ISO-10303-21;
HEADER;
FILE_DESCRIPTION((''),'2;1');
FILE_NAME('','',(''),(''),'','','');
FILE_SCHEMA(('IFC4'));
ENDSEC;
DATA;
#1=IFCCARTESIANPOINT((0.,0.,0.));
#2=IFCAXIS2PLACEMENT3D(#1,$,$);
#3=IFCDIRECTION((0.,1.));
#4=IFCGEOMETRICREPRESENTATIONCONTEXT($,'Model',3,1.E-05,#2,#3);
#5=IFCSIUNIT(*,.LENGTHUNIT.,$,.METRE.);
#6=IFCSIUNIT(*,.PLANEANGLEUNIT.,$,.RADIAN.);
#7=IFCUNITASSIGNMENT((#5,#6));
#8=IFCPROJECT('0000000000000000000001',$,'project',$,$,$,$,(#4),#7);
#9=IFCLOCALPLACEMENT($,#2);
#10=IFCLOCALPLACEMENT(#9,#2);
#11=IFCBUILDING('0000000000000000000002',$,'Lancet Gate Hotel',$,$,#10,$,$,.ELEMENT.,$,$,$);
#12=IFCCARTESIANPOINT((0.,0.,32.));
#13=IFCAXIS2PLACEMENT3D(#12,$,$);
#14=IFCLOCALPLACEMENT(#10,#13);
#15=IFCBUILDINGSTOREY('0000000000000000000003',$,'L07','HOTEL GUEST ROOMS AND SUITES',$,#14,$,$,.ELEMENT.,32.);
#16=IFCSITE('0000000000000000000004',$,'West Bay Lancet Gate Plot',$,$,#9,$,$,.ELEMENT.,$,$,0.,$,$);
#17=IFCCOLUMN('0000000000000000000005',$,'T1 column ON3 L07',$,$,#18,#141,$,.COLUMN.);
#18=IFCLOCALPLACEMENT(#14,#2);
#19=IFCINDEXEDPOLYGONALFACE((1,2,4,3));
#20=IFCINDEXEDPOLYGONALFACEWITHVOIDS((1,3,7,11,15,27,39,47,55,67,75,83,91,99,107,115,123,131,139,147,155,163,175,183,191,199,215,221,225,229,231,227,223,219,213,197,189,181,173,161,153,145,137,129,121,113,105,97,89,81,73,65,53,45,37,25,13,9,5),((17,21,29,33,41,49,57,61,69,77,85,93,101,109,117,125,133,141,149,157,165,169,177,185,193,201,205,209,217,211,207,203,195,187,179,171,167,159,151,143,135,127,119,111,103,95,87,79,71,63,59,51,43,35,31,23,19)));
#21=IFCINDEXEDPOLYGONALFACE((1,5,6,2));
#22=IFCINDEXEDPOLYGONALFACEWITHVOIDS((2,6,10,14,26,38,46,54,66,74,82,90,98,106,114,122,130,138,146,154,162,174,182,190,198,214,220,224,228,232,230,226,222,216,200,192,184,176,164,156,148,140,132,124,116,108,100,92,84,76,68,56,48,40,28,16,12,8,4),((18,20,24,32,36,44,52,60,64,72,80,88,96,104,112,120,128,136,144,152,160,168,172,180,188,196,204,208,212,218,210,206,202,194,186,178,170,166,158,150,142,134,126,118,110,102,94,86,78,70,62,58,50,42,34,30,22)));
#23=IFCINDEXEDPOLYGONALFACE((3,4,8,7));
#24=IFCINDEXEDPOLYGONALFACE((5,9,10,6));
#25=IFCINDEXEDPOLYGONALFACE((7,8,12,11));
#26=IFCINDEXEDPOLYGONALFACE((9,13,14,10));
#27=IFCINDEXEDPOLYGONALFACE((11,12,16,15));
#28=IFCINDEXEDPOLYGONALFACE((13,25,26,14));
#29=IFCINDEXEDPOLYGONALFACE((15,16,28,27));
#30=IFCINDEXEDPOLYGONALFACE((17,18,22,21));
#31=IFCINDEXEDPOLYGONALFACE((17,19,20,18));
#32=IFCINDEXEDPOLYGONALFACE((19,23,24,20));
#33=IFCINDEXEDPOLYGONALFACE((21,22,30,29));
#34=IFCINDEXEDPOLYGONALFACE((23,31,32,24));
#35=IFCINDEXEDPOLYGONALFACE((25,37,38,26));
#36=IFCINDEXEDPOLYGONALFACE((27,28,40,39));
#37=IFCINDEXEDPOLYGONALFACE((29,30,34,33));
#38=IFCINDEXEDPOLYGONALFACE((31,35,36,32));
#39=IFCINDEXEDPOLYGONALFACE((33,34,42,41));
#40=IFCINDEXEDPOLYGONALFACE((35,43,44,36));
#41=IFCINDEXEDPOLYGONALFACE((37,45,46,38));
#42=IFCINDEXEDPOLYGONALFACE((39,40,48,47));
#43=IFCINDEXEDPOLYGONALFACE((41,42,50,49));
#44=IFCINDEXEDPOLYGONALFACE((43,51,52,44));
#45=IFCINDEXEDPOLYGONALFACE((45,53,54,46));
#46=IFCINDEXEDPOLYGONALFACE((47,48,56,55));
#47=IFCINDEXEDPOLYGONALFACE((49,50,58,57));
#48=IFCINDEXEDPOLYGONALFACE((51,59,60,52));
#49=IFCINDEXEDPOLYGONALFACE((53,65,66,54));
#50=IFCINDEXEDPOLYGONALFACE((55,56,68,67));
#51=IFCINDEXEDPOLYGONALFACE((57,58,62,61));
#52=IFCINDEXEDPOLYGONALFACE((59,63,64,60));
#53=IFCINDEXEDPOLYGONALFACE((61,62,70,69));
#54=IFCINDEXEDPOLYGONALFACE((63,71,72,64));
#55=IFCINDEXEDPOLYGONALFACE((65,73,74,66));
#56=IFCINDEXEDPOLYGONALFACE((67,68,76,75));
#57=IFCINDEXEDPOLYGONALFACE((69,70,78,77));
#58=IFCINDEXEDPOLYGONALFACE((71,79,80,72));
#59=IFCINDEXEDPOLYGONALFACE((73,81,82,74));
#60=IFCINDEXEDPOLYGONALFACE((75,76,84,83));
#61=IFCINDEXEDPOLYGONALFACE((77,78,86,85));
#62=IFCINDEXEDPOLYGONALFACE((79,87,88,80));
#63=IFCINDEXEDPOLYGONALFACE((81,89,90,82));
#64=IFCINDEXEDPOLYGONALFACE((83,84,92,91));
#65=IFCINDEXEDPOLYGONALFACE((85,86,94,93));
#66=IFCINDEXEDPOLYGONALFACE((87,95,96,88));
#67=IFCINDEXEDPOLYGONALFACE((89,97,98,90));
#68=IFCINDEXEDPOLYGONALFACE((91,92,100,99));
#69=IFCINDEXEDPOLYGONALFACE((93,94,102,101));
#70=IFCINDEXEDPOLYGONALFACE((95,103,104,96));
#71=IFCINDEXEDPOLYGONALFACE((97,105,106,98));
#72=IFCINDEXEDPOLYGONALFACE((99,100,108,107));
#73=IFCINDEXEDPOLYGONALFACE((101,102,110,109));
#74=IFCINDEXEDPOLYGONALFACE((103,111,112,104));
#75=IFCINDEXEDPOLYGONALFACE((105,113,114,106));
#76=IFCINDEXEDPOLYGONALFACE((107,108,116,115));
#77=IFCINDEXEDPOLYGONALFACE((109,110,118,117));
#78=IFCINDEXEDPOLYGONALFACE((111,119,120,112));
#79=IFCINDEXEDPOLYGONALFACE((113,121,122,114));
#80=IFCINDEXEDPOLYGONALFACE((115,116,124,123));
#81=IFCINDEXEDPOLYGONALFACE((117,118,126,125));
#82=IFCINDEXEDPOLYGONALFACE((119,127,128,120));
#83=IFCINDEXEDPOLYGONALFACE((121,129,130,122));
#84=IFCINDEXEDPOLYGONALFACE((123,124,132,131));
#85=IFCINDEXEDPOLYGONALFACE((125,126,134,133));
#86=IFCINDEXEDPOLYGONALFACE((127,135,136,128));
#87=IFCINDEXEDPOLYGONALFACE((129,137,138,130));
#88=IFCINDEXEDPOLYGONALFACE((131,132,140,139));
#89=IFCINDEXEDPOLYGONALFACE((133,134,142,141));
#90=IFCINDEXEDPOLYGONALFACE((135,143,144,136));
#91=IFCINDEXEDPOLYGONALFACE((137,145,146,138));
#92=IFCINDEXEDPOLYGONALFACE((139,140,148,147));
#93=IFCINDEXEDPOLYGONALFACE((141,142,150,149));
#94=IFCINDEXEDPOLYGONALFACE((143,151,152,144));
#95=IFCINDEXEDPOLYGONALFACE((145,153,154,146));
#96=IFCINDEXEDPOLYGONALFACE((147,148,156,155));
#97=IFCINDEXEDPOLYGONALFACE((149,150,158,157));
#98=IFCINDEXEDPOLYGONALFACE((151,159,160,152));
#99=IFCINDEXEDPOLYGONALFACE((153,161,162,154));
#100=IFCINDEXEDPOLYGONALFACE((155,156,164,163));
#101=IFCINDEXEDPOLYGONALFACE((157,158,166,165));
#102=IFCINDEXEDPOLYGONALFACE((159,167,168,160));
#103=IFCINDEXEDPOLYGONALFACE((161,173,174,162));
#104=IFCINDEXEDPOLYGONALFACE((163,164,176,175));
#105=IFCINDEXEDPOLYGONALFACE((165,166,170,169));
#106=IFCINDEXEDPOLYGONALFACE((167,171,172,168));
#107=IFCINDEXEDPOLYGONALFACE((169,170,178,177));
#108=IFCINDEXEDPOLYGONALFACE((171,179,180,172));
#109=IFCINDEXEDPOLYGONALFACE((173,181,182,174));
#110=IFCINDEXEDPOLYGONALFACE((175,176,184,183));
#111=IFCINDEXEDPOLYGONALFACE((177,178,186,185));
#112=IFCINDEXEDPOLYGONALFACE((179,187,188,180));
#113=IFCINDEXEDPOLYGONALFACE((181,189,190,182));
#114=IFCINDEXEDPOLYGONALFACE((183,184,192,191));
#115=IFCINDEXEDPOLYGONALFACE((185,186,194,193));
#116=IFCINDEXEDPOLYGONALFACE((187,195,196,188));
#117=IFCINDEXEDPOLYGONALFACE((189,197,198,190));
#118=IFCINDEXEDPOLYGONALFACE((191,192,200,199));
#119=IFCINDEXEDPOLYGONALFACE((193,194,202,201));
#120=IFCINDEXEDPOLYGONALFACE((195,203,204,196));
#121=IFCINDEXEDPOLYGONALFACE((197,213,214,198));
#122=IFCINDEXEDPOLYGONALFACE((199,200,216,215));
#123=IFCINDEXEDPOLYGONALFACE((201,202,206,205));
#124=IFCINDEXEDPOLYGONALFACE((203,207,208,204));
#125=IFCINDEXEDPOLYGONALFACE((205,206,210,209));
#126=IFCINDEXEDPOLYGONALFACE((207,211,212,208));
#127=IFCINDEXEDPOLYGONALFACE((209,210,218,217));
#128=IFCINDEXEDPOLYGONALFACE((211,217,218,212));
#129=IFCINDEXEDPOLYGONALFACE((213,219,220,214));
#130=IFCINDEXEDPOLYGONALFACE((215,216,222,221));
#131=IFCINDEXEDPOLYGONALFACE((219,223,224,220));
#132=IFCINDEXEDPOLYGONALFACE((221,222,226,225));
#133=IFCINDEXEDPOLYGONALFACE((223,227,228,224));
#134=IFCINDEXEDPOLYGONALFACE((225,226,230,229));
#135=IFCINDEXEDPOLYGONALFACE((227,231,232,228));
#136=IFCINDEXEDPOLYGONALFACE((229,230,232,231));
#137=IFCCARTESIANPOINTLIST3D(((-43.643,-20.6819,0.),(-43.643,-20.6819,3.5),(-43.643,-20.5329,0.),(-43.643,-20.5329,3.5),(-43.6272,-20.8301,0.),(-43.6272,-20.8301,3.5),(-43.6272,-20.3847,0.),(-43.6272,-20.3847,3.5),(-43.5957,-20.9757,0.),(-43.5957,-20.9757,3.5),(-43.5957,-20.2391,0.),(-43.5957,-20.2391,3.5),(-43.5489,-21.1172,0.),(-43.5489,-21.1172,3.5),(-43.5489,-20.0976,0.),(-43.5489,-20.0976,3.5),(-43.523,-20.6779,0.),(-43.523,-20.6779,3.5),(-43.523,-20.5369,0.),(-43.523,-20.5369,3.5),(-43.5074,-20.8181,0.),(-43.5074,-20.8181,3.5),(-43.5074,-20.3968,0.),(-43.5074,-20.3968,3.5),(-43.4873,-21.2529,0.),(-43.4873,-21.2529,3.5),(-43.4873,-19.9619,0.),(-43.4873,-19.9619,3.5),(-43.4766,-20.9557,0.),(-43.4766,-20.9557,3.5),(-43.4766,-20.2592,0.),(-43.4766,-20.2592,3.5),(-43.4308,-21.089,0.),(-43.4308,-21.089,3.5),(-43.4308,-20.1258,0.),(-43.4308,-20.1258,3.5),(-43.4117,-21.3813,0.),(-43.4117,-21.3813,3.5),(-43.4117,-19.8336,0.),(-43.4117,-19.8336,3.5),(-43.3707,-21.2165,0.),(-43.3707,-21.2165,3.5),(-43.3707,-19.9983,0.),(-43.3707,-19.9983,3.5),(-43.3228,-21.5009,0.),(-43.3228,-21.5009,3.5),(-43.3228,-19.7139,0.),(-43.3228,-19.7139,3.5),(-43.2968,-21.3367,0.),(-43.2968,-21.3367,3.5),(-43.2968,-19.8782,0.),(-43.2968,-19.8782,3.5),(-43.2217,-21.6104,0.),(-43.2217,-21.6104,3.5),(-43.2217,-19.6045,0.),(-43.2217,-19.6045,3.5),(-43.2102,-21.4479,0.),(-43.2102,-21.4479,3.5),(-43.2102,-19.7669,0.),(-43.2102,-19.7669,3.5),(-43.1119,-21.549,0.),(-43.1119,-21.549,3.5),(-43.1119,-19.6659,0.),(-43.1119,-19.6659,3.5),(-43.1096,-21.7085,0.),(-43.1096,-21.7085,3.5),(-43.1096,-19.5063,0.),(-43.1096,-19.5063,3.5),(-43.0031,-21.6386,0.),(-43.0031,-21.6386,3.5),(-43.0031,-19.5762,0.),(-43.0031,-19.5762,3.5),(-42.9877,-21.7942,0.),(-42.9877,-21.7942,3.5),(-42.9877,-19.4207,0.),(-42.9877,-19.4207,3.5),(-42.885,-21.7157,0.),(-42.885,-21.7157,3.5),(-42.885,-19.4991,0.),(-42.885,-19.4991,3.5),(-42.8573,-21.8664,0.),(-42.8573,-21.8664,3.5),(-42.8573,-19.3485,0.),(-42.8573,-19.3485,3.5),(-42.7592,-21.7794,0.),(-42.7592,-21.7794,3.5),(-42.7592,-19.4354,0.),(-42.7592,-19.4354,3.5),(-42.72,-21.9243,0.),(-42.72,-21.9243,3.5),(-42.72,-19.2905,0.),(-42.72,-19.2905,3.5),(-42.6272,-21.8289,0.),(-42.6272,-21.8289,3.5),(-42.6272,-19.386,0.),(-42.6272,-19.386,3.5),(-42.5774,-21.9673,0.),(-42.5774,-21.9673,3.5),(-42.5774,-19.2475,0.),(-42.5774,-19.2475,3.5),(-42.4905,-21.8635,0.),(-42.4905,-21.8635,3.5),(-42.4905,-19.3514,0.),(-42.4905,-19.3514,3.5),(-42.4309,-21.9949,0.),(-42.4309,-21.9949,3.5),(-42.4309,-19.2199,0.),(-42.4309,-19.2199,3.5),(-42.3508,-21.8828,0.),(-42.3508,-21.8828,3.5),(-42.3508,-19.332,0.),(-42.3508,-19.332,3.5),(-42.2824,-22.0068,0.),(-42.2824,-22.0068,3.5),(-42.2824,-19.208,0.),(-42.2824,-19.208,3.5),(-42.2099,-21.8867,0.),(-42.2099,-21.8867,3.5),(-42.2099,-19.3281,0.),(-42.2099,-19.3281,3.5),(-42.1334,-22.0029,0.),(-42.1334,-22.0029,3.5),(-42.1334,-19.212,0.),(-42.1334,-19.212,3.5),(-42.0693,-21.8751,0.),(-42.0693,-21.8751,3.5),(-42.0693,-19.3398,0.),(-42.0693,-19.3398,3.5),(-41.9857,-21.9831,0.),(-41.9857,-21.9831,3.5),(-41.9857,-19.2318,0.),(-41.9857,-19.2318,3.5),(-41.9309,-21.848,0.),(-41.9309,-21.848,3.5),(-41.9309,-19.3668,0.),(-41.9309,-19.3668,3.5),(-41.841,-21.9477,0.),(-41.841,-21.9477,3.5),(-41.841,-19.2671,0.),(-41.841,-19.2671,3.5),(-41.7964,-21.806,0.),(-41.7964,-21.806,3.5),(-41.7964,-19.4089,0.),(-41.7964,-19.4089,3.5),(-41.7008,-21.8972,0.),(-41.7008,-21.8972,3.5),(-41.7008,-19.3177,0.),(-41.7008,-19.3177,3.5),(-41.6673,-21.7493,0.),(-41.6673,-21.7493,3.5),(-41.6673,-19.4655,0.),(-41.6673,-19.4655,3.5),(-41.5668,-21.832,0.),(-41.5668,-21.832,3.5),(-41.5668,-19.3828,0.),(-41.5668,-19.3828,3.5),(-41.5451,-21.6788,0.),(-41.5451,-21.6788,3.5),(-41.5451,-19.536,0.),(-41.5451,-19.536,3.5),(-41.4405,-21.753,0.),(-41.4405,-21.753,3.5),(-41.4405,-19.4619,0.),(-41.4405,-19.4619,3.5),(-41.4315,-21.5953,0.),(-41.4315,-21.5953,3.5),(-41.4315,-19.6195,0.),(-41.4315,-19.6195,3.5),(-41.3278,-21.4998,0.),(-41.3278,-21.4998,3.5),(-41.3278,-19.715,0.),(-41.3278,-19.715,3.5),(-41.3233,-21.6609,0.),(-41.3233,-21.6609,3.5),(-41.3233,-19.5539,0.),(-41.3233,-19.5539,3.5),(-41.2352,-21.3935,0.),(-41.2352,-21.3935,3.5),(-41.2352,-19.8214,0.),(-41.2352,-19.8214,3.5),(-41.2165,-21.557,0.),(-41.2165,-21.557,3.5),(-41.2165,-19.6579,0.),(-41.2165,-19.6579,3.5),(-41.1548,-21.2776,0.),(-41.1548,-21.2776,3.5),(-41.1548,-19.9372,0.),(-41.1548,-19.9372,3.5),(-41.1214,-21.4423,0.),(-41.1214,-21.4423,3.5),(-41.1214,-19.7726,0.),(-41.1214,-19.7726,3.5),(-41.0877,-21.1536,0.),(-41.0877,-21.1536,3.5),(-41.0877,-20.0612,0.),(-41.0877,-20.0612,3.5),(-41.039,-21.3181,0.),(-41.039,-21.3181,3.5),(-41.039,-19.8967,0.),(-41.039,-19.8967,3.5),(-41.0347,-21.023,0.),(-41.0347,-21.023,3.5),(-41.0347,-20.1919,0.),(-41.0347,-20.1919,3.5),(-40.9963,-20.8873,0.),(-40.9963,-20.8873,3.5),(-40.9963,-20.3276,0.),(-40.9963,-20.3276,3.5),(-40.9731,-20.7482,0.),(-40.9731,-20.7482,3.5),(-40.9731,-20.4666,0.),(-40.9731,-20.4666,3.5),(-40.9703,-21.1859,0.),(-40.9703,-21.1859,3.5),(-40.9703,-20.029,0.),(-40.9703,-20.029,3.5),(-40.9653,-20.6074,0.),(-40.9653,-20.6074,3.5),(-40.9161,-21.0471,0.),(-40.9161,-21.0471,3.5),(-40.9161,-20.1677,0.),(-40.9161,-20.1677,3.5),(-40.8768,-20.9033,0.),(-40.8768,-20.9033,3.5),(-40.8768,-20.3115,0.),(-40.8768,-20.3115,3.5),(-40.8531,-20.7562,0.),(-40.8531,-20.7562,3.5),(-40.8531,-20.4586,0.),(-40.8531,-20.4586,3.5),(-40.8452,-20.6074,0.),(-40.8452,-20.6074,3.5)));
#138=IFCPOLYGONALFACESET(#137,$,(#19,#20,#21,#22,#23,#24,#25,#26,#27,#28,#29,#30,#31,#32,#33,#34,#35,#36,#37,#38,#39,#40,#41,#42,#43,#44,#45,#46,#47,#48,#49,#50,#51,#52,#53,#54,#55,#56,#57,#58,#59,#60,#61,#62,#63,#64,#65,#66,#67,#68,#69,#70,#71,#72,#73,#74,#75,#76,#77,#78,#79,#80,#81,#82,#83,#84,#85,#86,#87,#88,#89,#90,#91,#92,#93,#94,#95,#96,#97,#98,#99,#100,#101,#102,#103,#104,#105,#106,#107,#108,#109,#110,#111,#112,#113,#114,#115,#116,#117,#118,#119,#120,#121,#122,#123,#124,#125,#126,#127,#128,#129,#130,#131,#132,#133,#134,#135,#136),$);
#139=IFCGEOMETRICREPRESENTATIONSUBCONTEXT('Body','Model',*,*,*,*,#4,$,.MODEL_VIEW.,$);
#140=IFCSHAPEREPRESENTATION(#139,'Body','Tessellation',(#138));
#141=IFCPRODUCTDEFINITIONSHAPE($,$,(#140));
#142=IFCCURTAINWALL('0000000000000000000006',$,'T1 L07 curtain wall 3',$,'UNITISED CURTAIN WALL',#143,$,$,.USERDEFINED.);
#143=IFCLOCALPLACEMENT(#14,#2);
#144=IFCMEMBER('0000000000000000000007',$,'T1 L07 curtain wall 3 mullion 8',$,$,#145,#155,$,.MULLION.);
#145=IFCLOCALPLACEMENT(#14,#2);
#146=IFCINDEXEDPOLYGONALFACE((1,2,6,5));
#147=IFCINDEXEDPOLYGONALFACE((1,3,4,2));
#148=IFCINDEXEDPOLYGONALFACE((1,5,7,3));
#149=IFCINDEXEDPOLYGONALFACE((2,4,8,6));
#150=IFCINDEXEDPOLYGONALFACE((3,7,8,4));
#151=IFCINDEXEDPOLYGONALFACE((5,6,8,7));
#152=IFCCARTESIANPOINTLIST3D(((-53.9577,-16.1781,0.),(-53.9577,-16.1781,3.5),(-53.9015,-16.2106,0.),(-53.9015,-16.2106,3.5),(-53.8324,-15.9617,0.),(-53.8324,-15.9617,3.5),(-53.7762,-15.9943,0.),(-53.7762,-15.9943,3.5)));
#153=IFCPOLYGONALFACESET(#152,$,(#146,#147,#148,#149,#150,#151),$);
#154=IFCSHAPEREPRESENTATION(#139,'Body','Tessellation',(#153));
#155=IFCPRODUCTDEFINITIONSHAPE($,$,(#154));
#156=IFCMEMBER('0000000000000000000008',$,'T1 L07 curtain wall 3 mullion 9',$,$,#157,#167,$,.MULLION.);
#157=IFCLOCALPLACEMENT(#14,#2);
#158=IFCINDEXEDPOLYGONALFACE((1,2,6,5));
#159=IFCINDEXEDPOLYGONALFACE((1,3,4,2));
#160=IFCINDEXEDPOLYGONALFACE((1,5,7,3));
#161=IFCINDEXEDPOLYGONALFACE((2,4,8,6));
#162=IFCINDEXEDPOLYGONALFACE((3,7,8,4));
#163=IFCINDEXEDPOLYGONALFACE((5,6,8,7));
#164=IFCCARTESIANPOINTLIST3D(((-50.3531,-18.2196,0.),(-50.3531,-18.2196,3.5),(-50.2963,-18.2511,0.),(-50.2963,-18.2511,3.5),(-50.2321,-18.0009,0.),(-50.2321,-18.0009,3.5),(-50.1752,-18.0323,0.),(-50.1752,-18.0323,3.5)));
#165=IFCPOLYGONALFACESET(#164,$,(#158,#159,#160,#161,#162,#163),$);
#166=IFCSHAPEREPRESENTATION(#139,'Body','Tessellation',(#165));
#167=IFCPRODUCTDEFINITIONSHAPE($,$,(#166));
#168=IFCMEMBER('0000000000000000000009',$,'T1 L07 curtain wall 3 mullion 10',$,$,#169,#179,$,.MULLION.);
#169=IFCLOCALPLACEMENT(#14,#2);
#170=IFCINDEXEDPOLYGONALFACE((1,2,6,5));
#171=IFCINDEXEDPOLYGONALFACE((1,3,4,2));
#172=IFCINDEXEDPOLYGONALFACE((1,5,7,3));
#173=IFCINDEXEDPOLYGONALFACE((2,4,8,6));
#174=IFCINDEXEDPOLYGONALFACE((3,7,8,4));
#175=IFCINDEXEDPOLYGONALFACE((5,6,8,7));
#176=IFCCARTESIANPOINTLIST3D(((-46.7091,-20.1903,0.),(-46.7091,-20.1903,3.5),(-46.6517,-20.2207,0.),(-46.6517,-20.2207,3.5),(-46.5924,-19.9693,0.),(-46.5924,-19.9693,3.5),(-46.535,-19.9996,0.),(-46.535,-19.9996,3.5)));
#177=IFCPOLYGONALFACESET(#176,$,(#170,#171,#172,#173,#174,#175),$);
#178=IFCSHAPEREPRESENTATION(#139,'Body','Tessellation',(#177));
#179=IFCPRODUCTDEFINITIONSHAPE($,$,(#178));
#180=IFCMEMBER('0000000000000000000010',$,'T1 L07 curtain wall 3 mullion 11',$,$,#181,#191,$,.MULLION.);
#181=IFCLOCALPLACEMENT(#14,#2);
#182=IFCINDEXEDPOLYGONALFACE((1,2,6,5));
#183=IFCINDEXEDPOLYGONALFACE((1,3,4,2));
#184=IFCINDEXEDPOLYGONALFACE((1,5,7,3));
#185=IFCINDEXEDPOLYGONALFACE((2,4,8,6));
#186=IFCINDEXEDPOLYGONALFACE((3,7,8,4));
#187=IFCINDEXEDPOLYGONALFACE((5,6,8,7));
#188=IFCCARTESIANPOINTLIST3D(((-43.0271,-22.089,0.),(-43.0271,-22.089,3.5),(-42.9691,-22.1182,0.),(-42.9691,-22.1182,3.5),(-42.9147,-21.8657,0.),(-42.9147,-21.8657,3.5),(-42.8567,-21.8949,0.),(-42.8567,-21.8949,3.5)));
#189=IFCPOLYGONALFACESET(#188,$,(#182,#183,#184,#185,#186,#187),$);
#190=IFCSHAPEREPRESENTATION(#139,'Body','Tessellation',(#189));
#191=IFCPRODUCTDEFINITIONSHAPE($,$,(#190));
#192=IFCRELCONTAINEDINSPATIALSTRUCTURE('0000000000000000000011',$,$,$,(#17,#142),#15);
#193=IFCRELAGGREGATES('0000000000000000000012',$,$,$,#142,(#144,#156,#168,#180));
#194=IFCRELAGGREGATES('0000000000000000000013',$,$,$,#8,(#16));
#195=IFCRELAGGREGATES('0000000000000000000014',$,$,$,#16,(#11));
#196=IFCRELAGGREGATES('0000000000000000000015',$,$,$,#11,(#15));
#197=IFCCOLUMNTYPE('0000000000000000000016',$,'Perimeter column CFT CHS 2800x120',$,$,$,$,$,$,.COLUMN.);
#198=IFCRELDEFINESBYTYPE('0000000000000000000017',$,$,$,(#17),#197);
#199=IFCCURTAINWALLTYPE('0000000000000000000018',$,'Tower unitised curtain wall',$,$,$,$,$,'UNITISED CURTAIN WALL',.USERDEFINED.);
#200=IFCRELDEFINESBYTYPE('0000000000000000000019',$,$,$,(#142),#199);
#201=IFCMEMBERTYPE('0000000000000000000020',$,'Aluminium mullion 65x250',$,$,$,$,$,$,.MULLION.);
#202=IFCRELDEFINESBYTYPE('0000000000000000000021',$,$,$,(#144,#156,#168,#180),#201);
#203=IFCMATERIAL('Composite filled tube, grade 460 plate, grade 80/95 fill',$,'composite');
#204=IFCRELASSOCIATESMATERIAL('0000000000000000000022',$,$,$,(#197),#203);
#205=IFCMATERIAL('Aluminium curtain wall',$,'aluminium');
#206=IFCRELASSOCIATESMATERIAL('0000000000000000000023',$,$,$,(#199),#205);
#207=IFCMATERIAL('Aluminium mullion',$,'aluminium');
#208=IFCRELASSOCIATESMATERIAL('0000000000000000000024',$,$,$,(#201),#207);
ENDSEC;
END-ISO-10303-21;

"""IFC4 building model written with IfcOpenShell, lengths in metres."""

from ifc_helpers import new_model, si_unit, direction, frame, origin, origin_2d, place, context, subcontext, project, spatial, rectangle, hollow_circle, extrude, material, material_profile, profile_set, type_object, element, aggregate, save


model = new_model("IFC4")

# Units and contexts
model_context = context("Model", 3, precision=1e-05, world=origin(), true_north=direction((0.0, 1.0)))
body_context = subcontext(model_context, "Body", "Model", "MODEL_VIEW")
ifc_project = project(units=[si_unit("LENGTHUNIT", "METRE"), si_unit("PLANEANGLEUNIT", "RADIAN")], contexts=[model_context])

# Site, building, storey
site_placement = place(None, origin())
site = spatial("IfcSite", under=ifc_project, at=site_placement, Name="West Bay Lancet Gate Plot", CompositionType="ELEMENT", RefElevation=0.0)
building_placement = place(site_placement, origin())
building = spatial("IfcBuilding", under=site, at=building_placement, Name="Lancet Gate Hotel", CompositionType="ELEMENT")
storey_placement = place(building_placement, frame((0.0, 0.0, 32.0)))
storey = spatial("IfcBuildingStorey", under=building, at=storey_placement, Name="L07", Description="HOTEL GUEST ROOMS AND SUITES", CompositionType="ELEMENT", Elevation=32.0)

# Column
ifc_material_1 = material(Name="Composite filled tube, grade 460 plate, grade 80/95 fill", Category="composite")
ifc_material_profile_1 = material_profile(ifc_material_1, hollow_circle(Radius=1.3999, WallThickness=0.1201, at=origin_2d()), Name="CHS 2800x120")
ifc_profile_set_1 = profile_set([ifc_material_profile_1], Name="Composite filled tube, grade 460 plate, grade 80/95 fill")
column_type = type_object("IfcColumnType", Name="Perimeter column CFT CHS 2800x120", PredefinedType="COLUMN", material=ifc_profile_set_1)
column_placement = place(storey_placement, frame((-42.2451, -20.6074, 0.0), z_axis=(0.0, 0.0, 1.0), x_axis=(1.0, 0.0, 0.0)))
element("IfcColumn", 1, at=column_placement, inside=storey, type_object=column_type, Name="T1 column ON3 L07", PredefinedType="COLUMN", context=body_context, shape_type="SweptSolid", body=[
    extrude(hollow_circle(Radius=1.3999, WallThickness=0.1201, at=origin_2d()), origin(), (0.0, 0.0, 1.0), 3.5),
])

# Curtain wall, members
ifc_material_2 = material(Name="Aluminium curtain wall", Category="aluminium")
curtain_wall_type = type_object("IfcCurtainWallType", Name="Tower unitised curtain wall", ElementType="UNITISED CURTAIN WALL", PredefinedType="USERDEFINED", material=ifc_material_2)
curtain_wall_placement = place(storey_placement, origin())
curtain_wall = element("IfcCurtainWall", 2, at=curtain_wall_placement, inside=storey, type_object=curtain_wall_type, Name="T1 L07 curtain wall 3", ObjectType="UNITISED CURTAIN WALL", PredefinedType="USERDEFINED")
ifc_material_3 = material(Name="Aluminium mullion", Category="aluminium")
ifc_material_profile_2 = material_profile(ifc_material_3, rectangle(XDim=0.0649, YDim=0.25, at=origin_2d()), Name="MULLION 65x250")
ifc_profile_set_2 = profile_set([ifc_material_profile_2], Name="Aluminium mullion")
member_type_1 = type_object("IfcMemberType", Name="Aluminium mullion 65x250", PredefinedType="MULLION", material=ifc_profile_set_2)
member_1_placement = place(storey_placement, frame((-53.8669, -16.0862, 0.0), z_axis=(0.0, 0.0, 1.0), x_axis=(0.865335, -0.501194, 0.0)))
member_1 = element("IfcMember", 3, at=member_1_placement, type_object=member_type_1, Name="T1 L07 curtain wall 3 mullion 8", PredefinedType="MULLION", context=body_context, shape_type="SweptSolid", body=[
    extrude(rectangle(XDim=0.0649, YDim=0.25, at=origin_2d()), origin(), (0.0, 0.0, 1.0), 3.5),
])
member_2_placement = place(storey_placement, frame((-50.2642, -18.126, 0.0), z_axis=(0.0, 0.0, 1.0), x_axis=(0.874991, -0.484139, 0.0)))
member_2 = element("IfcMember", 4, at=member_2_placement, type_object=member_type_1, Name="T1 L07 curtain wall 3 mullion 9", PredefinedType="MULLION", context=body_context, shape_type="SweptSolid", body=[
    extrude(rectangle(XDim=0.0649, YDim=0.25, at=origin_2d()), origin(), (0.0, 0.0, 1.0), 3.5),
])
member_3_placement = place(storey_placement, frame((-46.6221, -20.095, 0.0), z_axis=(0.0, 0.0, 1.0), x_axis=(0.884311, -0.466898, 0.0)))
member_3 = element("IfcMember", 5, at=member_3_placement, type_object=member_type_1, Name="T1 L07 curtain wall 3 mullion 10", PredefinedType="MULLION", context=body_context, shape_type="SweptSolid", body=[
    extrude(rectangle(XDim=0.0649, YDim=0.25, at=origin_2d()), origin(), (0.0, 0.0, 1.0), 3.5),
])
member_4_placement = place(storey_placement, frame((-42.9419, -21.9919, 0.0), z_axis=(0.0, 0.0, 1.0), x_axis=(0.893292, -0.449478, 0.0)))
member_4 = element("IfcMember", 6, at=member_4_placement, type_object=member_type_1, Name="T1 L07 curtain wall 3 mullion 11", PredefinedType="MULLION", context=body_context, shape_type="SweptSolid", body=[
    extrude(rectangle(XDim=0.0649, YDim=0.25, at=origin_2d()), origin(), (0.0, 0.0, 1.0), 3.5),
])

aggregate(curtain_wall, [member_1, member_2, member_3, member_4])

save(model, "model.ifc")
